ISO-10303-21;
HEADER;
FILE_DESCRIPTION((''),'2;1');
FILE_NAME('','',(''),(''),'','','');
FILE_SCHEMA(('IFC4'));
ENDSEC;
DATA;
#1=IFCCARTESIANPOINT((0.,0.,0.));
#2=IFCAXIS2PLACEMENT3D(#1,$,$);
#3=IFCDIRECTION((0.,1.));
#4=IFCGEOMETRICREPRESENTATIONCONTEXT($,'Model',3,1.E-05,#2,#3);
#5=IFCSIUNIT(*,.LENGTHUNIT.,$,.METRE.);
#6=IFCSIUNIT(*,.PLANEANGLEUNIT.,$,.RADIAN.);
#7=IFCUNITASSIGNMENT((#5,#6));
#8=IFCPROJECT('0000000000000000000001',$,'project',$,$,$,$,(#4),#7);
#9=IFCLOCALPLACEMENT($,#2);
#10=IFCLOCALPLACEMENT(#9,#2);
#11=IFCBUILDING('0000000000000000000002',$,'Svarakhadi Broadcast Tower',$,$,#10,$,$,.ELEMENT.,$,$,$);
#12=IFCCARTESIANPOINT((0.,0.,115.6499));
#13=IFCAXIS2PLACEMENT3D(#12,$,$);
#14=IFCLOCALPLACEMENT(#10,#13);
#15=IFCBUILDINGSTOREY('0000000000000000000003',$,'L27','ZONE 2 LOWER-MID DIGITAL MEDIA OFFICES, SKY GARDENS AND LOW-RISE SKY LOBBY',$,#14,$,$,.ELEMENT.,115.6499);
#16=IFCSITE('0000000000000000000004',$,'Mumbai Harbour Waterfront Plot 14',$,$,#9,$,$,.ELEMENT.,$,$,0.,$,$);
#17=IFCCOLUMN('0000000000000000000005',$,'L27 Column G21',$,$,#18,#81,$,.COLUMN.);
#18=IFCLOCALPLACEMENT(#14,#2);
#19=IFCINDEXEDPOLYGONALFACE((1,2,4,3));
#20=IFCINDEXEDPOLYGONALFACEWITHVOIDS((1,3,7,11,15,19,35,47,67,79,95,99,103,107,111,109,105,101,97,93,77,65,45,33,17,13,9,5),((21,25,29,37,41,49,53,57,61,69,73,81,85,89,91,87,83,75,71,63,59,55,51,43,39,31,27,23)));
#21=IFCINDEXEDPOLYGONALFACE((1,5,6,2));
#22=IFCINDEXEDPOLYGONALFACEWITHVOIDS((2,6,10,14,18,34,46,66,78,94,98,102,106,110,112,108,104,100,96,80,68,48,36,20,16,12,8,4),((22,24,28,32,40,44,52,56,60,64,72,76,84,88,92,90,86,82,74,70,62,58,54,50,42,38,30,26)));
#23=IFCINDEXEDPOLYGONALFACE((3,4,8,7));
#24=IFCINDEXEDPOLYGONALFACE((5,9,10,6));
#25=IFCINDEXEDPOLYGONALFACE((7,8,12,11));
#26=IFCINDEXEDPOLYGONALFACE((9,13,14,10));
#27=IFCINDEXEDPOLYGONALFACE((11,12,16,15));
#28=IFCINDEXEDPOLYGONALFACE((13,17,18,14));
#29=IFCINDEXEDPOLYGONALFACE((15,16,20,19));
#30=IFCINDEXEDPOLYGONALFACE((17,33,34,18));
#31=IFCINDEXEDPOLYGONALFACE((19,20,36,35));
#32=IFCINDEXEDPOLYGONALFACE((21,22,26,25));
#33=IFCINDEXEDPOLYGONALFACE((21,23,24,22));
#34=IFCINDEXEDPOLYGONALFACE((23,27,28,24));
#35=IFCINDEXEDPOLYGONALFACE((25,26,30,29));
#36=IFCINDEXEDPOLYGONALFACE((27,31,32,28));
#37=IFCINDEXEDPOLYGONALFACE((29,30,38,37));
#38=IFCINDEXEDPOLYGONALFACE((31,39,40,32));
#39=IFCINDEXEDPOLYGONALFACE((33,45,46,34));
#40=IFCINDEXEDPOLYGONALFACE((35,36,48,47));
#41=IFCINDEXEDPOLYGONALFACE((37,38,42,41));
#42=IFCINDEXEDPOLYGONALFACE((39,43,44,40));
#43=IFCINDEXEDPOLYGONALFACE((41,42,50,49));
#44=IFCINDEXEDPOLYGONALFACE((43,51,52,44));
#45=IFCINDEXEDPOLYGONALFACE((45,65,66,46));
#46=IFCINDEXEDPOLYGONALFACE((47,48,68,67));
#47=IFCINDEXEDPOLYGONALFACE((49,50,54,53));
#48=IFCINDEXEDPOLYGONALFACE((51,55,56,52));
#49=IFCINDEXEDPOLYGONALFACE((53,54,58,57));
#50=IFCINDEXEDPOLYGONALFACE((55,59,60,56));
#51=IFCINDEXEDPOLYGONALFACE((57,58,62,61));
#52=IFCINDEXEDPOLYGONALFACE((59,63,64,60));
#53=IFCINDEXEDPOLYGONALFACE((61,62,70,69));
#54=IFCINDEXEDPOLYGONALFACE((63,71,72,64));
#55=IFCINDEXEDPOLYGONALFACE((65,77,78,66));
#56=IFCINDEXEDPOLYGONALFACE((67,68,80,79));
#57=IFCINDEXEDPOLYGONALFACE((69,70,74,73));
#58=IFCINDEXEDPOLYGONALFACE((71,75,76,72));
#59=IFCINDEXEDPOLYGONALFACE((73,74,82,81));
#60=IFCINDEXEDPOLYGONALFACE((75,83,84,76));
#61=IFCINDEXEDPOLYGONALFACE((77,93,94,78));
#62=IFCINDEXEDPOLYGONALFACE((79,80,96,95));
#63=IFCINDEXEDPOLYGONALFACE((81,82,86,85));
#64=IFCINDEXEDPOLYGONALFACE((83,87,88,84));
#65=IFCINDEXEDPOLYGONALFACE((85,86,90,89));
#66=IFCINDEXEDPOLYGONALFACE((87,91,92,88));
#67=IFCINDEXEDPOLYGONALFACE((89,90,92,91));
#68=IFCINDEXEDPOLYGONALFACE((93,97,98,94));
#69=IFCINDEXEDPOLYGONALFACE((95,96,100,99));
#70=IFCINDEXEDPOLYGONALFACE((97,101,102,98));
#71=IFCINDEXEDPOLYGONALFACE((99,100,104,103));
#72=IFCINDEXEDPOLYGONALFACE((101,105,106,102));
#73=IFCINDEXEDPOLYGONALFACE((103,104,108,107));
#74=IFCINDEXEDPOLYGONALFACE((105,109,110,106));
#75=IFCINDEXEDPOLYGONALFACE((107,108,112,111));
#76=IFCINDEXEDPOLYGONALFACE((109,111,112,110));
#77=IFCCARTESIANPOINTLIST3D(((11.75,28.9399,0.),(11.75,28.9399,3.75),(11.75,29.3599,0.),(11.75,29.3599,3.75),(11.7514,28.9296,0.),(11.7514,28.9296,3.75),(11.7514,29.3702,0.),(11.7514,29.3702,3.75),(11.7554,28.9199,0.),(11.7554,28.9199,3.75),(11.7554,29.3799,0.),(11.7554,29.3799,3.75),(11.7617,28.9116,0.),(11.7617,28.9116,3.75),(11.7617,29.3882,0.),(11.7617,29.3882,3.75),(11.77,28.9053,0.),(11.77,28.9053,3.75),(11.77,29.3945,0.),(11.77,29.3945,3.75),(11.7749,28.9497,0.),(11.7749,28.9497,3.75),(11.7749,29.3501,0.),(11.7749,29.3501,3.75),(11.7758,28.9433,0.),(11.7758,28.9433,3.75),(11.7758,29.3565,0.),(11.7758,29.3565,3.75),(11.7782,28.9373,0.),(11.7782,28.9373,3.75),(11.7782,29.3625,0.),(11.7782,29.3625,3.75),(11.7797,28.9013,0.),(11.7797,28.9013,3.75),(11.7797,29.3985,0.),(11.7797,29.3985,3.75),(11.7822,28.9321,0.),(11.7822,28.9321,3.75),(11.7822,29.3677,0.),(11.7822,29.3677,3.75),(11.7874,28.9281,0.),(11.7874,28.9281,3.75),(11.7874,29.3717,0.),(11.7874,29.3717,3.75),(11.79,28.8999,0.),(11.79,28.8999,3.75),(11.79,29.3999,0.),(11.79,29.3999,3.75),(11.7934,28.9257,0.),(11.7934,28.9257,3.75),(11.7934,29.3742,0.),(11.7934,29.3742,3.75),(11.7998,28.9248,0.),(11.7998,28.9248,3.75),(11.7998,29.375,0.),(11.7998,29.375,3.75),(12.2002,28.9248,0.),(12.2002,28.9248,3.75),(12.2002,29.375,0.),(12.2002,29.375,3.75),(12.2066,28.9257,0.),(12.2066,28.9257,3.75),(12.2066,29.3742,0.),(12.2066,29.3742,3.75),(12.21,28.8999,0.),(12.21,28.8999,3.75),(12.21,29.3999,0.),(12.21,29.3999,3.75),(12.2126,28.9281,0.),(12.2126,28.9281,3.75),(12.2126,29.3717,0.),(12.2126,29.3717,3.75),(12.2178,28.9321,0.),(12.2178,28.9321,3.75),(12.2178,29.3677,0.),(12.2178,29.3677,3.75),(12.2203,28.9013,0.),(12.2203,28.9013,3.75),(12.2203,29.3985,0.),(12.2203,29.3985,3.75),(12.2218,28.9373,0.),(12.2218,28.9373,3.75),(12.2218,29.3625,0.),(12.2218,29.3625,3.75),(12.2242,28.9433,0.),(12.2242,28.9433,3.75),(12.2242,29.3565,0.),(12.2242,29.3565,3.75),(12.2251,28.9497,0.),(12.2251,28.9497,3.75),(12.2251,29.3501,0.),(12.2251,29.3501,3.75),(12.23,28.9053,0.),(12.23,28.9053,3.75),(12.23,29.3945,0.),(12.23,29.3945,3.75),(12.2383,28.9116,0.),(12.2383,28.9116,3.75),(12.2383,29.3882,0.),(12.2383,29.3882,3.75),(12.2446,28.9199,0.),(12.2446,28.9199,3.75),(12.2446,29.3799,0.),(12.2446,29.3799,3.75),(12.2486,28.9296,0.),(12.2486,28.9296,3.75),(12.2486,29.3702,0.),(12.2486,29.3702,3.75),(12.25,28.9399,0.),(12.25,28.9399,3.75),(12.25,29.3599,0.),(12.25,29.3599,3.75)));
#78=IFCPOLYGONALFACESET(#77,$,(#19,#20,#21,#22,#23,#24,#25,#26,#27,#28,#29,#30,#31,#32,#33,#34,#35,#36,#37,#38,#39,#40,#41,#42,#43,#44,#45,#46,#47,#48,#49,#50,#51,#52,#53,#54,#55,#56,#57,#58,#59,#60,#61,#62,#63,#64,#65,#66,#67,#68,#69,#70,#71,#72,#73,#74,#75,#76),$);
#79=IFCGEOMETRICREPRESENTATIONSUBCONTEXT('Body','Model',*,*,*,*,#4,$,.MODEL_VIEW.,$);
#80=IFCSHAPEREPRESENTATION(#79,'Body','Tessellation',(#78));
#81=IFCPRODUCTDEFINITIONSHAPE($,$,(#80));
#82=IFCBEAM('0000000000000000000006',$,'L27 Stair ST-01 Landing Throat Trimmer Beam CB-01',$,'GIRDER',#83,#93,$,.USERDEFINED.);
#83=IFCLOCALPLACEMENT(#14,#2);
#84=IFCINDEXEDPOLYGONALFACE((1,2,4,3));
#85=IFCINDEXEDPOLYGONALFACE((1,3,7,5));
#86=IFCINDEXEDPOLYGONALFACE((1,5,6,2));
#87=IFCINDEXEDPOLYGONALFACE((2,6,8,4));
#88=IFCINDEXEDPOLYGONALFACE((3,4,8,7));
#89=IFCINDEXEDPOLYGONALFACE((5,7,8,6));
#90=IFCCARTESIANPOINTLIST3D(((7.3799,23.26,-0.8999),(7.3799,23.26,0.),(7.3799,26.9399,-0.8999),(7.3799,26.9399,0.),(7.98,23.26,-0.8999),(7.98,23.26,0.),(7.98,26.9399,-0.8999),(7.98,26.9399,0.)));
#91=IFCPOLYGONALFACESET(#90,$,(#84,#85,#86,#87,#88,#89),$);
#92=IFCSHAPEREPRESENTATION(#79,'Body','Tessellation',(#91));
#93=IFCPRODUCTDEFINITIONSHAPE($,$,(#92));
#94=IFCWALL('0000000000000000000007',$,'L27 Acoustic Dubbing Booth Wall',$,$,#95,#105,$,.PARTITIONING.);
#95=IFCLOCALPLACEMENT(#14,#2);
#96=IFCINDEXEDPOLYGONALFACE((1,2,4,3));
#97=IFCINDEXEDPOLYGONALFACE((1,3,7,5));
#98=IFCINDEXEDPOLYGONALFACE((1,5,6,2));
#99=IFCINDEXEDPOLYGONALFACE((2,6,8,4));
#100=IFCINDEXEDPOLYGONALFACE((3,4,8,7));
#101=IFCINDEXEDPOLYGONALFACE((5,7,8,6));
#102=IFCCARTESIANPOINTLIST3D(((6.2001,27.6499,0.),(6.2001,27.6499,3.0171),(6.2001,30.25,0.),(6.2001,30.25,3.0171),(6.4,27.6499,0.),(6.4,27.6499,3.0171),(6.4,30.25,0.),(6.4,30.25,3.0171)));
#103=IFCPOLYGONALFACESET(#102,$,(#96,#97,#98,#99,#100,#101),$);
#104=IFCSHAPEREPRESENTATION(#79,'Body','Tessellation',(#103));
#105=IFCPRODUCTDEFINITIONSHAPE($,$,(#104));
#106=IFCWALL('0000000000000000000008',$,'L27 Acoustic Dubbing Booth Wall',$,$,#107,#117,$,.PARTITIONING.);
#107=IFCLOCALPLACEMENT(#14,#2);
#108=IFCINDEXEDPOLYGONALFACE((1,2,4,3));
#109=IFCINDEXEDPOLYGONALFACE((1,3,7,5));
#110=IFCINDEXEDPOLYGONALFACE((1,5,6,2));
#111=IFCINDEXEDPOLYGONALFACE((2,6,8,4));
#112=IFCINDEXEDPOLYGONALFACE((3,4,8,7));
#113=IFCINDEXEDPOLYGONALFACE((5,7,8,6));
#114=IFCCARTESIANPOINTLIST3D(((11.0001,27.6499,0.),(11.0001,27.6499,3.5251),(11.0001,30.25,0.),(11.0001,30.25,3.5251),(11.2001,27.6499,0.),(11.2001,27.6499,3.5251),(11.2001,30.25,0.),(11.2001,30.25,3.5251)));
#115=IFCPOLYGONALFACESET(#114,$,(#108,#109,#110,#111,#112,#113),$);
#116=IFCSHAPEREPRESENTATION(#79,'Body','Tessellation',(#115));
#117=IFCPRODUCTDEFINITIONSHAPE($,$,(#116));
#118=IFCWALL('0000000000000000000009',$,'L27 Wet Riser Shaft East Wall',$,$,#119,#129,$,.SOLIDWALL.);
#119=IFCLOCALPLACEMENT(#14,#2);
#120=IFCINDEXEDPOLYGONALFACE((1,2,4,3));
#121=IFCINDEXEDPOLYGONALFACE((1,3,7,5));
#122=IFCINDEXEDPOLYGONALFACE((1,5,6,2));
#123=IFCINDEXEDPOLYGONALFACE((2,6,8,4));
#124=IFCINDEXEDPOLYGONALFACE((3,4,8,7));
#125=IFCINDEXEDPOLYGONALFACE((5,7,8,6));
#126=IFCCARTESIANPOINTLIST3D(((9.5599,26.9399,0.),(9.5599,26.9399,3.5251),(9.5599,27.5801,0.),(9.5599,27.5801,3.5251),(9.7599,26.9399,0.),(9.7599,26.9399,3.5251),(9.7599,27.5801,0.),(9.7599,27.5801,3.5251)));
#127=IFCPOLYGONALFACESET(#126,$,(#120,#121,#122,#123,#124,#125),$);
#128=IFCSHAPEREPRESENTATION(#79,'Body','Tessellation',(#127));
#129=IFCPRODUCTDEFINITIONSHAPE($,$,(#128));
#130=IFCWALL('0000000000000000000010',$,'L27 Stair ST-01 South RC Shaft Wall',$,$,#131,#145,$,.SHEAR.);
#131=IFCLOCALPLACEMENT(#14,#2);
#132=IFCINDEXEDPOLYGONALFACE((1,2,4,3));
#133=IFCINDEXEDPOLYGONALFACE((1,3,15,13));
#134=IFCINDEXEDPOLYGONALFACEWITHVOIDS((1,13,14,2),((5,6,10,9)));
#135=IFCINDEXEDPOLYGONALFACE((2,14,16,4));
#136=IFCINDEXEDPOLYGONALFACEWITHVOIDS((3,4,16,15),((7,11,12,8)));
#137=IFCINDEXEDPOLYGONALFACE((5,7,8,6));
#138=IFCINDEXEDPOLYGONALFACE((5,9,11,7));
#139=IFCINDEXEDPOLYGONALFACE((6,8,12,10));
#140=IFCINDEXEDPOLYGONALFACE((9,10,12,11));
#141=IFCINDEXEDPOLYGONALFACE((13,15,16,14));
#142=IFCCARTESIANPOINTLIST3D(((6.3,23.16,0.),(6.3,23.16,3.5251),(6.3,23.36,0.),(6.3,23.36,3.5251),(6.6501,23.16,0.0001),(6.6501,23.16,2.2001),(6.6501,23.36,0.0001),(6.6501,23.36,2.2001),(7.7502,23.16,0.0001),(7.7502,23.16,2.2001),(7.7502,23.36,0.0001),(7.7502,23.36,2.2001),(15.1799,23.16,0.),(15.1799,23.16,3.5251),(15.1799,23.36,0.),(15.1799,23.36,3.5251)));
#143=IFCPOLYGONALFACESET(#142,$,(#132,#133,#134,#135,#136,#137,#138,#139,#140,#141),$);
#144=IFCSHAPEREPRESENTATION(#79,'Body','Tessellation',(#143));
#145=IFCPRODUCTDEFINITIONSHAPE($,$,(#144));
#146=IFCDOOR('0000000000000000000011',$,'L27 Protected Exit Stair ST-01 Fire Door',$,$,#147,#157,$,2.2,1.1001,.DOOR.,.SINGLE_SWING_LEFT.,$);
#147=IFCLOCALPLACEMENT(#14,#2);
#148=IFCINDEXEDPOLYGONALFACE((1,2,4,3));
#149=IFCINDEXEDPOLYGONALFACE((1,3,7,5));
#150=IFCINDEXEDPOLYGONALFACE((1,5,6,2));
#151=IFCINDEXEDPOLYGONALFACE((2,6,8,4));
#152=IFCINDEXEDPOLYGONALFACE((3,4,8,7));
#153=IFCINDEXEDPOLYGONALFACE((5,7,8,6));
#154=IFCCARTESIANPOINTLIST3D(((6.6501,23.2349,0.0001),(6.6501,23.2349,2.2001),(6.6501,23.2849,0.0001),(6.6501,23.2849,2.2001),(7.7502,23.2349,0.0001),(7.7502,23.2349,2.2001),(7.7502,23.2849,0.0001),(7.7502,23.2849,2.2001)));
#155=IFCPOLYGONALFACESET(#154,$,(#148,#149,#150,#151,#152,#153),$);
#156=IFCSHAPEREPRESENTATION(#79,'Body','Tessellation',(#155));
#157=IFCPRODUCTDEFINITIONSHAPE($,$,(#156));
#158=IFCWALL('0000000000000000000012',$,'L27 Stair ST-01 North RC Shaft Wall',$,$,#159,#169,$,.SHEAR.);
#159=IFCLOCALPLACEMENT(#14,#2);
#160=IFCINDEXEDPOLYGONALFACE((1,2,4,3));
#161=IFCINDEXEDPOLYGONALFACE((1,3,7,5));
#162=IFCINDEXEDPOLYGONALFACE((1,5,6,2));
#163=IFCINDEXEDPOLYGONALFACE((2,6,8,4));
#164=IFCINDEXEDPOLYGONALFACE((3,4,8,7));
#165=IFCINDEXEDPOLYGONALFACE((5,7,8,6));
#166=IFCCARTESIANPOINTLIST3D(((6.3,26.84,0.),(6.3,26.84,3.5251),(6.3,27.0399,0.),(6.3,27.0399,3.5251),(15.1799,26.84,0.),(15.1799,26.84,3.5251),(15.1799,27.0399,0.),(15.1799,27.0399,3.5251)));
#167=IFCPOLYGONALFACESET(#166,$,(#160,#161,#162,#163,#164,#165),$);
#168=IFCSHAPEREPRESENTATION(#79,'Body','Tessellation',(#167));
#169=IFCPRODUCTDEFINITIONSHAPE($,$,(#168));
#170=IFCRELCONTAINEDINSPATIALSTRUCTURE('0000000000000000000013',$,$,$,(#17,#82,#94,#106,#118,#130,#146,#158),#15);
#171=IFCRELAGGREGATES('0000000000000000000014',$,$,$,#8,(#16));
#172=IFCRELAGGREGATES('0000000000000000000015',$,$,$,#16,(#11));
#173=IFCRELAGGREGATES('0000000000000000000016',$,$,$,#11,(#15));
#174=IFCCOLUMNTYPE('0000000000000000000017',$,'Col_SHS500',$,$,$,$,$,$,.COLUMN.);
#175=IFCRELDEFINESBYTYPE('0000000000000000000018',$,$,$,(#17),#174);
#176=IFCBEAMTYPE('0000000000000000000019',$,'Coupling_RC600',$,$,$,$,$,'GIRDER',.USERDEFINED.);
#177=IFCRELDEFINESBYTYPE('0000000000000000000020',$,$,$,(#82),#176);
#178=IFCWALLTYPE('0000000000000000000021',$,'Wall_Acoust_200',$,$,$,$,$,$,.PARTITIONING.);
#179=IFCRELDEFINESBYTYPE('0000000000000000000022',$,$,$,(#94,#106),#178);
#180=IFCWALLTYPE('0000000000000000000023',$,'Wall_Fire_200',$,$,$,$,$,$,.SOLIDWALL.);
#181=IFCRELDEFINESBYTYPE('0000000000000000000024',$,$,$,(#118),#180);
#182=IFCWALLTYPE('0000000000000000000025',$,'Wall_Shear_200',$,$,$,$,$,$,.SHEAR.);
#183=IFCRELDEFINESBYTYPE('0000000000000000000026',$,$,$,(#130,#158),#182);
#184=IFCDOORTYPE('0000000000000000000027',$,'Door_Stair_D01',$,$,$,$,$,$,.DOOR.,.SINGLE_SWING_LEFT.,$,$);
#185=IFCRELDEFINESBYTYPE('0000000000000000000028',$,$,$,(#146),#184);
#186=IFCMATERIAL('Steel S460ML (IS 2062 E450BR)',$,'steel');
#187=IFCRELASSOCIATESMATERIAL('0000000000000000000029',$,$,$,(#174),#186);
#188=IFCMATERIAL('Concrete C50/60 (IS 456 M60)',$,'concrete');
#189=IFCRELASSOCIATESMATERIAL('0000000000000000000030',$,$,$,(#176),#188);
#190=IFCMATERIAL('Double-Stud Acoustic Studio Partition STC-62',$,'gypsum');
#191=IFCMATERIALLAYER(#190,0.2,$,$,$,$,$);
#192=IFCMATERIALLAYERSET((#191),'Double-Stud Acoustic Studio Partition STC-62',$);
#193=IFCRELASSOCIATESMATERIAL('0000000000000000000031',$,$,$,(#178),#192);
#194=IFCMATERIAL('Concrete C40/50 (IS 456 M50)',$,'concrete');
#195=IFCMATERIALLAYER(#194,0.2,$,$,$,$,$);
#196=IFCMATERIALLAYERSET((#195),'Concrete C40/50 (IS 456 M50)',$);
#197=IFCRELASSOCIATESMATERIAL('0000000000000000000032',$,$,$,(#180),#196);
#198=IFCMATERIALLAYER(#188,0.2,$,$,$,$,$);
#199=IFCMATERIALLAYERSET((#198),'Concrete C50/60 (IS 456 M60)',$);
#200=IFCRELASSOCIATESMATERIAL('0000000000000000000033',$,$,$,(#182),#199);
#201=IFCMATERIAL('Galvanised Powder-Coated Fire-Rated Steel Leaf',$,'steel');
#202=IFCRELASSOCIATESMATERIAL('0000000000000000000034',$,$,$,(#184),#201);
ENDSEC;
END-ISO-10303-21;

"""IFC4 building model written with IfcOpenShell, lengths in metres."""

from ifc_helpers import new_model, si_unit, direction, frame, frame_2d, origin, origin_2d, place, context, subcontext, project, spatial, rectangle, hollow_rectangle, extrude, material, layer, layer_set, material_profile, profile_set, type_object, element, fill, save


model = new_model("IFC4")

# Units and contexts
model_context = context("Model", 3, precision=1e-05, world=origin(), true_north=direction((0.0, 1.0)))
body_context = subcontext(model_context, "Body", "Model", "MODEL_VIEW")
ifc_project = project(units=[si_unit("LENGTHUNIT", "METRE"), si_unit("PLANEANGLEUNIT", "RADIAN")], contexts=[model_context])

# Site, building, storey
site_placement = place(None, origin())
site = spatial("IfcSite", under=ifc_project, at=site_placement, Name="Mumbai Harbour Waterfront Plot 14", CompositionType="ELEMENT", RefElevation=0.0)
building_placement = place(site_placement, origin())
building = spatial("IfcBuilding", under=site, at=building_placement, Name="Svarakhadi Broadcast Tower", CompositionType="ELEMENT")
storey_placement = place(building_placement, frame((0.0, 0.0, 115.6499)))
storey = spatial("IfcBuildingStorey", under=building, at=storey_placement, Name="L27", Description="ZONE 2 LOWER-MID DIGITAL MEDIA OFFICES, SKY GARDENS AND LOW-RISE SKY LOBBY", CompositionType="ELEMENT", Elevation=115.6499)

# Column
ifc_material_1 = material(Name="Steel S460ML (IS 2062 E450BR)", Category="steel")
ifc_material_profile_1 = material_profile(ifc_material_1, hollow_rectangle(XDim=0.5, YDim=0.5, WallThickness=0.0249, InnerFilletRadius=0.0249, OuterFilletRadius=0.04, at=origin_2d()), Name="SHS 500x500x25")
ifc_profile_set_1 = profile_set([ifc_material_profile_1], Name="Steel S460ML (IS 2062 E450BR)")
column_type = type_object("IfcColumnType", Name="Col_SHS500", PredefinedType="COLUMN", material=ifc_profile_set_1)
column_placement = place(storey_placement, frame((12.0, 29.1499, 0.0), z_axis=(0.0, 0.0, 1.0), x_axis=(1.0, 0.0, 0.0)))
element("IfcColumn", 1, at=column_placement, inside=storey, type_object=column_type, Name="L27 Column G21", PredefinedType="COLUMN", context=body_context, shape_type="SweptSolid", body=[
    extrude(hollow_rectangle(XDim=0.5, YDim=0.5, WallThickness=0.0249, InnerFilletRadius=0.0249, OuterFilletRadius=0.04, at=origin_2d()), origin(), (0.0, 0.0, 1.0), 3.75),
])

# Beam
ifc_material_2 = material(Name="Concrete C50/60 (IS 456 M60)", Category="concrete")
ifc_material_profile_2 = material_profile(ifc_material_2, rectangle(XDim=0.6001, YDim=0.8999, at=origin_2d()), Name="RC 600x900")
ifc_profile_set_2 = profile_set([ifc_material_profile_2], Name="Concrete C50/60 (IS 456 M60)")
beam_type = type_object("IfcBeamType", Name="Coupling_RC600", ElementType="GIRDER", PredefinedType="USERDEFINED", material=ifc_profile_set_2)
beam_placement = place(storey_placement, frame((7.6799, 23.26, -0.45), z_axis=(0.0, 1.0, 0.0), x_axis=(-1.0, 0.0, 0.0)))
element("IfcBeam", 2, at=beam_placement, inside=storey, type_object=beam_type, Name="L27 Stair ST-01 Landing Throat Trimmer Beam CB-01", ObjectType="GIRDER", PredefinedType="USERDEFINED", context=body_context, shape_type="SweptSolid", body=[
    extrude(rectangle(XDim=0.6001, YDim=0.8999, at=origin_2d()), origin(), (0.0, 0.0, 1.0), 3.6799),
])

# Walls
ifc_material_3 = material(Name="Double-Stud Acoustic Studio Partition STC-62", Category="gypsum")
ifc_layer_1 = layer(ifc_material_3, 0.2)
ifc_layer_set_1 = layer_set([ifc_layer_1], Name="Double-Stud Acoustic Studio Partition STC-62")
wall_type_1 = type_object("IfcWallType", Name="Wall_Acoust_200", PredefinedType="PARTITIONING", material=ifc_layer_set_1)
wall_1_placement = place(storey_placement, frame((6.3, 27.6499, 0.0), z_axis=(0.0, 0.0, 1.0), x_axis=(0.0, 1.0, 0.0)))
element("IfcWall", 3, at=wall_1_placement, inside=storey, type_object=wall_type_1, Name="L27 Acoustic Dubbing Booth Wall", PredefinedType="PARTITIONING", context=body_context, shape_type="SweptSolid", body=[
    extrude(rectangle(XDim=2.6001, YDim=0.2, at=frame_2d((1.3, 0.0))), origin(), (0.0, 0.0, 1.0), 3.0171),
])
wall_2_placement = place(storey_placement, frame((11.1001, 27.6499, 0.0), z_axis=(0.0, 0.0, 1.0), x_axis=(0.0, 1.0, 0.0)))
element("IfcWall", 4, at=wall_2_placement, inside=storey, type_object=wall_type_1, Name="L27 Acoustic Dubbing Booth Wall", PredefinedType="PARTITIONING", context=body_context, shape_type="SweptSolid", body=[
    extrude(rectangle(XDim=2.6001, YDim=0.2, at=frame_2d((1.3, 0.0))), origin(), (0.0, 0.0, 1.0), 3.5251),
])
ifc_material_4 = material(Name="Concrete C40/50 (IS 456 M50)", Category="concrete")
ifc_layer_2 = layer(ifc_material_4, 0.2)
ifc_layer_set_2 = layer_set([ifc_layer_2], Name="Concrete C40/50 (IS 456 M50)")
wall_type_2 = type_object("IfcWallType", Name="Wall_Fire_200", PredefinedType="SOLIDWALL", material=ifc_layer_set_2)
wall_3_placement = place(storey_placement, frame((9.6599, 26.9399, 0.0), z_axis=(0.0, 0.0, 1.0), x_axis=(0.0, 1.0, 0.0)))
element("IfcWall", 5, at=wall_3_placement, inside=storey, type_object=wall_type_2, Name="L27 Wet Riser Shaft East Wall", PredefinedType="SOLIDWALL", context=body_context, shape_type="SweptSolid", body=[
    extrude(rectangle(XDim=0.6401, YDim=0.2, at=frame_2d((0.3201, 0.0))), origin(), (0.0, 0.0, 1.0), 3.5251),
])

# Wall, opening, door
ifc_layer_3 = layer(ifc_material_2, 0.2)
ifc_layer_set_3 = layer_set([ifc_layer_3], Name="Concrete C50/60 (IS 456 M60)")
wall_type_3 = type_object("IfcWallType", Name="Wall_Shear_200", PredefinedType="SHEAR", material=ifc_layer_set_3)
wall_4_placement = place(storey_placement, frame((6.3, 23.26, 0.0), z_axis=(0.0, 0.0, 1.0), x_axis=(1.0, 0.0, 0.0)))
wall_4 = element("IfcWall", 6, at=wall_4_placement, inside=storey, type_object=wall_type_3, Name="L27 Stair ST-01 South RC Shaft Wall", PredefinedType="SHEAR", context=body_context, shape_type="SweptSolid", body=[
    extrude(rectangle(XDim=8.8799, YDim=0.2, at=frame_2d((4.4399, 0.0))), origin(), (0.0, 0.0, 1.0), 3.5251),
])
opening_placement = place(wall_4_placement, frame((0.3501, 0.0, 0.0)))
opening = element("IfcOpeningElement", 7, at=opening_placement, cuts=wall_4, PredefinedType="OPENING", context=body_context, shape_type="SweptSolid", body=[
    extrude(rectangle(XDim=1.1001, YDim=2.2, at=frame_2d((0.55, 1.1001))), frame((0.0, 0.1099, 0.0), z_axis=(0.0, -1.0, 0.0), x_axis=(1.0, 0.0, 0.0)), (0.0, 0.0, 1.0), 0.22),
])
ifc_material_5 = material(Name="Galvanised Powder-Coated Fire-Rated Steel Leaf", Category="steel")
door_type = type_object("IfcDoorType", Name="Door_Stair_D01", OperationType="SINGLE_SWING_LEFT", PredefinedType="DOOR", material=ifc_material_5)
door_placement = place(opening_placement, origin())
door = element("IfcDoor", 8, at=door_placement, inside=storey, type_object=door_type, Name="L27 Protected Exit Stair ST-01 Fire Door", OperationType="SINGLE_SWING_LEFT", OverallHeight=2.2, OverallWidth=1.1001, PredefinedType="DOOR", context=body_context, shape_type="SweptSolid", body=[
    extrude(rectangle(XDim=1.1001, YDim=2.2, at=frame_2d((0.55, 1.1001))), frame((0.0, 0.0249, 0.0), z_axis=(0.0, -1.0, 0.0), x_axis=(1.0, 0.0, 0.0)), (0.0, 0.0, 1.0), 0.05),
])
fill(opening, door)

# Wall
wall_5_placement = place(storey_placement, frame((6.3, 26.9399, 0.0), z_axis=(0.0, 0.0, 1.0), x_axis=(1.0, 0.0, 0.0)))
element("IfcWall", 9, at=wall_5_placement, inside=storey, type_object=wall_type_3, Name="L27 Stair ST-01 North RC Shaft Wall", PredefinedType="SHEAR", context=body_context, shape_type="SweptSolid", body=[
    extrude(rectangle(XDim=8.8799, YDim=0.2, at=frame_2d((4.4399, 0.0))), origin(), (0.0, 0.0, 1.0), 3.5251),
])

save(model, "model.ifc")
